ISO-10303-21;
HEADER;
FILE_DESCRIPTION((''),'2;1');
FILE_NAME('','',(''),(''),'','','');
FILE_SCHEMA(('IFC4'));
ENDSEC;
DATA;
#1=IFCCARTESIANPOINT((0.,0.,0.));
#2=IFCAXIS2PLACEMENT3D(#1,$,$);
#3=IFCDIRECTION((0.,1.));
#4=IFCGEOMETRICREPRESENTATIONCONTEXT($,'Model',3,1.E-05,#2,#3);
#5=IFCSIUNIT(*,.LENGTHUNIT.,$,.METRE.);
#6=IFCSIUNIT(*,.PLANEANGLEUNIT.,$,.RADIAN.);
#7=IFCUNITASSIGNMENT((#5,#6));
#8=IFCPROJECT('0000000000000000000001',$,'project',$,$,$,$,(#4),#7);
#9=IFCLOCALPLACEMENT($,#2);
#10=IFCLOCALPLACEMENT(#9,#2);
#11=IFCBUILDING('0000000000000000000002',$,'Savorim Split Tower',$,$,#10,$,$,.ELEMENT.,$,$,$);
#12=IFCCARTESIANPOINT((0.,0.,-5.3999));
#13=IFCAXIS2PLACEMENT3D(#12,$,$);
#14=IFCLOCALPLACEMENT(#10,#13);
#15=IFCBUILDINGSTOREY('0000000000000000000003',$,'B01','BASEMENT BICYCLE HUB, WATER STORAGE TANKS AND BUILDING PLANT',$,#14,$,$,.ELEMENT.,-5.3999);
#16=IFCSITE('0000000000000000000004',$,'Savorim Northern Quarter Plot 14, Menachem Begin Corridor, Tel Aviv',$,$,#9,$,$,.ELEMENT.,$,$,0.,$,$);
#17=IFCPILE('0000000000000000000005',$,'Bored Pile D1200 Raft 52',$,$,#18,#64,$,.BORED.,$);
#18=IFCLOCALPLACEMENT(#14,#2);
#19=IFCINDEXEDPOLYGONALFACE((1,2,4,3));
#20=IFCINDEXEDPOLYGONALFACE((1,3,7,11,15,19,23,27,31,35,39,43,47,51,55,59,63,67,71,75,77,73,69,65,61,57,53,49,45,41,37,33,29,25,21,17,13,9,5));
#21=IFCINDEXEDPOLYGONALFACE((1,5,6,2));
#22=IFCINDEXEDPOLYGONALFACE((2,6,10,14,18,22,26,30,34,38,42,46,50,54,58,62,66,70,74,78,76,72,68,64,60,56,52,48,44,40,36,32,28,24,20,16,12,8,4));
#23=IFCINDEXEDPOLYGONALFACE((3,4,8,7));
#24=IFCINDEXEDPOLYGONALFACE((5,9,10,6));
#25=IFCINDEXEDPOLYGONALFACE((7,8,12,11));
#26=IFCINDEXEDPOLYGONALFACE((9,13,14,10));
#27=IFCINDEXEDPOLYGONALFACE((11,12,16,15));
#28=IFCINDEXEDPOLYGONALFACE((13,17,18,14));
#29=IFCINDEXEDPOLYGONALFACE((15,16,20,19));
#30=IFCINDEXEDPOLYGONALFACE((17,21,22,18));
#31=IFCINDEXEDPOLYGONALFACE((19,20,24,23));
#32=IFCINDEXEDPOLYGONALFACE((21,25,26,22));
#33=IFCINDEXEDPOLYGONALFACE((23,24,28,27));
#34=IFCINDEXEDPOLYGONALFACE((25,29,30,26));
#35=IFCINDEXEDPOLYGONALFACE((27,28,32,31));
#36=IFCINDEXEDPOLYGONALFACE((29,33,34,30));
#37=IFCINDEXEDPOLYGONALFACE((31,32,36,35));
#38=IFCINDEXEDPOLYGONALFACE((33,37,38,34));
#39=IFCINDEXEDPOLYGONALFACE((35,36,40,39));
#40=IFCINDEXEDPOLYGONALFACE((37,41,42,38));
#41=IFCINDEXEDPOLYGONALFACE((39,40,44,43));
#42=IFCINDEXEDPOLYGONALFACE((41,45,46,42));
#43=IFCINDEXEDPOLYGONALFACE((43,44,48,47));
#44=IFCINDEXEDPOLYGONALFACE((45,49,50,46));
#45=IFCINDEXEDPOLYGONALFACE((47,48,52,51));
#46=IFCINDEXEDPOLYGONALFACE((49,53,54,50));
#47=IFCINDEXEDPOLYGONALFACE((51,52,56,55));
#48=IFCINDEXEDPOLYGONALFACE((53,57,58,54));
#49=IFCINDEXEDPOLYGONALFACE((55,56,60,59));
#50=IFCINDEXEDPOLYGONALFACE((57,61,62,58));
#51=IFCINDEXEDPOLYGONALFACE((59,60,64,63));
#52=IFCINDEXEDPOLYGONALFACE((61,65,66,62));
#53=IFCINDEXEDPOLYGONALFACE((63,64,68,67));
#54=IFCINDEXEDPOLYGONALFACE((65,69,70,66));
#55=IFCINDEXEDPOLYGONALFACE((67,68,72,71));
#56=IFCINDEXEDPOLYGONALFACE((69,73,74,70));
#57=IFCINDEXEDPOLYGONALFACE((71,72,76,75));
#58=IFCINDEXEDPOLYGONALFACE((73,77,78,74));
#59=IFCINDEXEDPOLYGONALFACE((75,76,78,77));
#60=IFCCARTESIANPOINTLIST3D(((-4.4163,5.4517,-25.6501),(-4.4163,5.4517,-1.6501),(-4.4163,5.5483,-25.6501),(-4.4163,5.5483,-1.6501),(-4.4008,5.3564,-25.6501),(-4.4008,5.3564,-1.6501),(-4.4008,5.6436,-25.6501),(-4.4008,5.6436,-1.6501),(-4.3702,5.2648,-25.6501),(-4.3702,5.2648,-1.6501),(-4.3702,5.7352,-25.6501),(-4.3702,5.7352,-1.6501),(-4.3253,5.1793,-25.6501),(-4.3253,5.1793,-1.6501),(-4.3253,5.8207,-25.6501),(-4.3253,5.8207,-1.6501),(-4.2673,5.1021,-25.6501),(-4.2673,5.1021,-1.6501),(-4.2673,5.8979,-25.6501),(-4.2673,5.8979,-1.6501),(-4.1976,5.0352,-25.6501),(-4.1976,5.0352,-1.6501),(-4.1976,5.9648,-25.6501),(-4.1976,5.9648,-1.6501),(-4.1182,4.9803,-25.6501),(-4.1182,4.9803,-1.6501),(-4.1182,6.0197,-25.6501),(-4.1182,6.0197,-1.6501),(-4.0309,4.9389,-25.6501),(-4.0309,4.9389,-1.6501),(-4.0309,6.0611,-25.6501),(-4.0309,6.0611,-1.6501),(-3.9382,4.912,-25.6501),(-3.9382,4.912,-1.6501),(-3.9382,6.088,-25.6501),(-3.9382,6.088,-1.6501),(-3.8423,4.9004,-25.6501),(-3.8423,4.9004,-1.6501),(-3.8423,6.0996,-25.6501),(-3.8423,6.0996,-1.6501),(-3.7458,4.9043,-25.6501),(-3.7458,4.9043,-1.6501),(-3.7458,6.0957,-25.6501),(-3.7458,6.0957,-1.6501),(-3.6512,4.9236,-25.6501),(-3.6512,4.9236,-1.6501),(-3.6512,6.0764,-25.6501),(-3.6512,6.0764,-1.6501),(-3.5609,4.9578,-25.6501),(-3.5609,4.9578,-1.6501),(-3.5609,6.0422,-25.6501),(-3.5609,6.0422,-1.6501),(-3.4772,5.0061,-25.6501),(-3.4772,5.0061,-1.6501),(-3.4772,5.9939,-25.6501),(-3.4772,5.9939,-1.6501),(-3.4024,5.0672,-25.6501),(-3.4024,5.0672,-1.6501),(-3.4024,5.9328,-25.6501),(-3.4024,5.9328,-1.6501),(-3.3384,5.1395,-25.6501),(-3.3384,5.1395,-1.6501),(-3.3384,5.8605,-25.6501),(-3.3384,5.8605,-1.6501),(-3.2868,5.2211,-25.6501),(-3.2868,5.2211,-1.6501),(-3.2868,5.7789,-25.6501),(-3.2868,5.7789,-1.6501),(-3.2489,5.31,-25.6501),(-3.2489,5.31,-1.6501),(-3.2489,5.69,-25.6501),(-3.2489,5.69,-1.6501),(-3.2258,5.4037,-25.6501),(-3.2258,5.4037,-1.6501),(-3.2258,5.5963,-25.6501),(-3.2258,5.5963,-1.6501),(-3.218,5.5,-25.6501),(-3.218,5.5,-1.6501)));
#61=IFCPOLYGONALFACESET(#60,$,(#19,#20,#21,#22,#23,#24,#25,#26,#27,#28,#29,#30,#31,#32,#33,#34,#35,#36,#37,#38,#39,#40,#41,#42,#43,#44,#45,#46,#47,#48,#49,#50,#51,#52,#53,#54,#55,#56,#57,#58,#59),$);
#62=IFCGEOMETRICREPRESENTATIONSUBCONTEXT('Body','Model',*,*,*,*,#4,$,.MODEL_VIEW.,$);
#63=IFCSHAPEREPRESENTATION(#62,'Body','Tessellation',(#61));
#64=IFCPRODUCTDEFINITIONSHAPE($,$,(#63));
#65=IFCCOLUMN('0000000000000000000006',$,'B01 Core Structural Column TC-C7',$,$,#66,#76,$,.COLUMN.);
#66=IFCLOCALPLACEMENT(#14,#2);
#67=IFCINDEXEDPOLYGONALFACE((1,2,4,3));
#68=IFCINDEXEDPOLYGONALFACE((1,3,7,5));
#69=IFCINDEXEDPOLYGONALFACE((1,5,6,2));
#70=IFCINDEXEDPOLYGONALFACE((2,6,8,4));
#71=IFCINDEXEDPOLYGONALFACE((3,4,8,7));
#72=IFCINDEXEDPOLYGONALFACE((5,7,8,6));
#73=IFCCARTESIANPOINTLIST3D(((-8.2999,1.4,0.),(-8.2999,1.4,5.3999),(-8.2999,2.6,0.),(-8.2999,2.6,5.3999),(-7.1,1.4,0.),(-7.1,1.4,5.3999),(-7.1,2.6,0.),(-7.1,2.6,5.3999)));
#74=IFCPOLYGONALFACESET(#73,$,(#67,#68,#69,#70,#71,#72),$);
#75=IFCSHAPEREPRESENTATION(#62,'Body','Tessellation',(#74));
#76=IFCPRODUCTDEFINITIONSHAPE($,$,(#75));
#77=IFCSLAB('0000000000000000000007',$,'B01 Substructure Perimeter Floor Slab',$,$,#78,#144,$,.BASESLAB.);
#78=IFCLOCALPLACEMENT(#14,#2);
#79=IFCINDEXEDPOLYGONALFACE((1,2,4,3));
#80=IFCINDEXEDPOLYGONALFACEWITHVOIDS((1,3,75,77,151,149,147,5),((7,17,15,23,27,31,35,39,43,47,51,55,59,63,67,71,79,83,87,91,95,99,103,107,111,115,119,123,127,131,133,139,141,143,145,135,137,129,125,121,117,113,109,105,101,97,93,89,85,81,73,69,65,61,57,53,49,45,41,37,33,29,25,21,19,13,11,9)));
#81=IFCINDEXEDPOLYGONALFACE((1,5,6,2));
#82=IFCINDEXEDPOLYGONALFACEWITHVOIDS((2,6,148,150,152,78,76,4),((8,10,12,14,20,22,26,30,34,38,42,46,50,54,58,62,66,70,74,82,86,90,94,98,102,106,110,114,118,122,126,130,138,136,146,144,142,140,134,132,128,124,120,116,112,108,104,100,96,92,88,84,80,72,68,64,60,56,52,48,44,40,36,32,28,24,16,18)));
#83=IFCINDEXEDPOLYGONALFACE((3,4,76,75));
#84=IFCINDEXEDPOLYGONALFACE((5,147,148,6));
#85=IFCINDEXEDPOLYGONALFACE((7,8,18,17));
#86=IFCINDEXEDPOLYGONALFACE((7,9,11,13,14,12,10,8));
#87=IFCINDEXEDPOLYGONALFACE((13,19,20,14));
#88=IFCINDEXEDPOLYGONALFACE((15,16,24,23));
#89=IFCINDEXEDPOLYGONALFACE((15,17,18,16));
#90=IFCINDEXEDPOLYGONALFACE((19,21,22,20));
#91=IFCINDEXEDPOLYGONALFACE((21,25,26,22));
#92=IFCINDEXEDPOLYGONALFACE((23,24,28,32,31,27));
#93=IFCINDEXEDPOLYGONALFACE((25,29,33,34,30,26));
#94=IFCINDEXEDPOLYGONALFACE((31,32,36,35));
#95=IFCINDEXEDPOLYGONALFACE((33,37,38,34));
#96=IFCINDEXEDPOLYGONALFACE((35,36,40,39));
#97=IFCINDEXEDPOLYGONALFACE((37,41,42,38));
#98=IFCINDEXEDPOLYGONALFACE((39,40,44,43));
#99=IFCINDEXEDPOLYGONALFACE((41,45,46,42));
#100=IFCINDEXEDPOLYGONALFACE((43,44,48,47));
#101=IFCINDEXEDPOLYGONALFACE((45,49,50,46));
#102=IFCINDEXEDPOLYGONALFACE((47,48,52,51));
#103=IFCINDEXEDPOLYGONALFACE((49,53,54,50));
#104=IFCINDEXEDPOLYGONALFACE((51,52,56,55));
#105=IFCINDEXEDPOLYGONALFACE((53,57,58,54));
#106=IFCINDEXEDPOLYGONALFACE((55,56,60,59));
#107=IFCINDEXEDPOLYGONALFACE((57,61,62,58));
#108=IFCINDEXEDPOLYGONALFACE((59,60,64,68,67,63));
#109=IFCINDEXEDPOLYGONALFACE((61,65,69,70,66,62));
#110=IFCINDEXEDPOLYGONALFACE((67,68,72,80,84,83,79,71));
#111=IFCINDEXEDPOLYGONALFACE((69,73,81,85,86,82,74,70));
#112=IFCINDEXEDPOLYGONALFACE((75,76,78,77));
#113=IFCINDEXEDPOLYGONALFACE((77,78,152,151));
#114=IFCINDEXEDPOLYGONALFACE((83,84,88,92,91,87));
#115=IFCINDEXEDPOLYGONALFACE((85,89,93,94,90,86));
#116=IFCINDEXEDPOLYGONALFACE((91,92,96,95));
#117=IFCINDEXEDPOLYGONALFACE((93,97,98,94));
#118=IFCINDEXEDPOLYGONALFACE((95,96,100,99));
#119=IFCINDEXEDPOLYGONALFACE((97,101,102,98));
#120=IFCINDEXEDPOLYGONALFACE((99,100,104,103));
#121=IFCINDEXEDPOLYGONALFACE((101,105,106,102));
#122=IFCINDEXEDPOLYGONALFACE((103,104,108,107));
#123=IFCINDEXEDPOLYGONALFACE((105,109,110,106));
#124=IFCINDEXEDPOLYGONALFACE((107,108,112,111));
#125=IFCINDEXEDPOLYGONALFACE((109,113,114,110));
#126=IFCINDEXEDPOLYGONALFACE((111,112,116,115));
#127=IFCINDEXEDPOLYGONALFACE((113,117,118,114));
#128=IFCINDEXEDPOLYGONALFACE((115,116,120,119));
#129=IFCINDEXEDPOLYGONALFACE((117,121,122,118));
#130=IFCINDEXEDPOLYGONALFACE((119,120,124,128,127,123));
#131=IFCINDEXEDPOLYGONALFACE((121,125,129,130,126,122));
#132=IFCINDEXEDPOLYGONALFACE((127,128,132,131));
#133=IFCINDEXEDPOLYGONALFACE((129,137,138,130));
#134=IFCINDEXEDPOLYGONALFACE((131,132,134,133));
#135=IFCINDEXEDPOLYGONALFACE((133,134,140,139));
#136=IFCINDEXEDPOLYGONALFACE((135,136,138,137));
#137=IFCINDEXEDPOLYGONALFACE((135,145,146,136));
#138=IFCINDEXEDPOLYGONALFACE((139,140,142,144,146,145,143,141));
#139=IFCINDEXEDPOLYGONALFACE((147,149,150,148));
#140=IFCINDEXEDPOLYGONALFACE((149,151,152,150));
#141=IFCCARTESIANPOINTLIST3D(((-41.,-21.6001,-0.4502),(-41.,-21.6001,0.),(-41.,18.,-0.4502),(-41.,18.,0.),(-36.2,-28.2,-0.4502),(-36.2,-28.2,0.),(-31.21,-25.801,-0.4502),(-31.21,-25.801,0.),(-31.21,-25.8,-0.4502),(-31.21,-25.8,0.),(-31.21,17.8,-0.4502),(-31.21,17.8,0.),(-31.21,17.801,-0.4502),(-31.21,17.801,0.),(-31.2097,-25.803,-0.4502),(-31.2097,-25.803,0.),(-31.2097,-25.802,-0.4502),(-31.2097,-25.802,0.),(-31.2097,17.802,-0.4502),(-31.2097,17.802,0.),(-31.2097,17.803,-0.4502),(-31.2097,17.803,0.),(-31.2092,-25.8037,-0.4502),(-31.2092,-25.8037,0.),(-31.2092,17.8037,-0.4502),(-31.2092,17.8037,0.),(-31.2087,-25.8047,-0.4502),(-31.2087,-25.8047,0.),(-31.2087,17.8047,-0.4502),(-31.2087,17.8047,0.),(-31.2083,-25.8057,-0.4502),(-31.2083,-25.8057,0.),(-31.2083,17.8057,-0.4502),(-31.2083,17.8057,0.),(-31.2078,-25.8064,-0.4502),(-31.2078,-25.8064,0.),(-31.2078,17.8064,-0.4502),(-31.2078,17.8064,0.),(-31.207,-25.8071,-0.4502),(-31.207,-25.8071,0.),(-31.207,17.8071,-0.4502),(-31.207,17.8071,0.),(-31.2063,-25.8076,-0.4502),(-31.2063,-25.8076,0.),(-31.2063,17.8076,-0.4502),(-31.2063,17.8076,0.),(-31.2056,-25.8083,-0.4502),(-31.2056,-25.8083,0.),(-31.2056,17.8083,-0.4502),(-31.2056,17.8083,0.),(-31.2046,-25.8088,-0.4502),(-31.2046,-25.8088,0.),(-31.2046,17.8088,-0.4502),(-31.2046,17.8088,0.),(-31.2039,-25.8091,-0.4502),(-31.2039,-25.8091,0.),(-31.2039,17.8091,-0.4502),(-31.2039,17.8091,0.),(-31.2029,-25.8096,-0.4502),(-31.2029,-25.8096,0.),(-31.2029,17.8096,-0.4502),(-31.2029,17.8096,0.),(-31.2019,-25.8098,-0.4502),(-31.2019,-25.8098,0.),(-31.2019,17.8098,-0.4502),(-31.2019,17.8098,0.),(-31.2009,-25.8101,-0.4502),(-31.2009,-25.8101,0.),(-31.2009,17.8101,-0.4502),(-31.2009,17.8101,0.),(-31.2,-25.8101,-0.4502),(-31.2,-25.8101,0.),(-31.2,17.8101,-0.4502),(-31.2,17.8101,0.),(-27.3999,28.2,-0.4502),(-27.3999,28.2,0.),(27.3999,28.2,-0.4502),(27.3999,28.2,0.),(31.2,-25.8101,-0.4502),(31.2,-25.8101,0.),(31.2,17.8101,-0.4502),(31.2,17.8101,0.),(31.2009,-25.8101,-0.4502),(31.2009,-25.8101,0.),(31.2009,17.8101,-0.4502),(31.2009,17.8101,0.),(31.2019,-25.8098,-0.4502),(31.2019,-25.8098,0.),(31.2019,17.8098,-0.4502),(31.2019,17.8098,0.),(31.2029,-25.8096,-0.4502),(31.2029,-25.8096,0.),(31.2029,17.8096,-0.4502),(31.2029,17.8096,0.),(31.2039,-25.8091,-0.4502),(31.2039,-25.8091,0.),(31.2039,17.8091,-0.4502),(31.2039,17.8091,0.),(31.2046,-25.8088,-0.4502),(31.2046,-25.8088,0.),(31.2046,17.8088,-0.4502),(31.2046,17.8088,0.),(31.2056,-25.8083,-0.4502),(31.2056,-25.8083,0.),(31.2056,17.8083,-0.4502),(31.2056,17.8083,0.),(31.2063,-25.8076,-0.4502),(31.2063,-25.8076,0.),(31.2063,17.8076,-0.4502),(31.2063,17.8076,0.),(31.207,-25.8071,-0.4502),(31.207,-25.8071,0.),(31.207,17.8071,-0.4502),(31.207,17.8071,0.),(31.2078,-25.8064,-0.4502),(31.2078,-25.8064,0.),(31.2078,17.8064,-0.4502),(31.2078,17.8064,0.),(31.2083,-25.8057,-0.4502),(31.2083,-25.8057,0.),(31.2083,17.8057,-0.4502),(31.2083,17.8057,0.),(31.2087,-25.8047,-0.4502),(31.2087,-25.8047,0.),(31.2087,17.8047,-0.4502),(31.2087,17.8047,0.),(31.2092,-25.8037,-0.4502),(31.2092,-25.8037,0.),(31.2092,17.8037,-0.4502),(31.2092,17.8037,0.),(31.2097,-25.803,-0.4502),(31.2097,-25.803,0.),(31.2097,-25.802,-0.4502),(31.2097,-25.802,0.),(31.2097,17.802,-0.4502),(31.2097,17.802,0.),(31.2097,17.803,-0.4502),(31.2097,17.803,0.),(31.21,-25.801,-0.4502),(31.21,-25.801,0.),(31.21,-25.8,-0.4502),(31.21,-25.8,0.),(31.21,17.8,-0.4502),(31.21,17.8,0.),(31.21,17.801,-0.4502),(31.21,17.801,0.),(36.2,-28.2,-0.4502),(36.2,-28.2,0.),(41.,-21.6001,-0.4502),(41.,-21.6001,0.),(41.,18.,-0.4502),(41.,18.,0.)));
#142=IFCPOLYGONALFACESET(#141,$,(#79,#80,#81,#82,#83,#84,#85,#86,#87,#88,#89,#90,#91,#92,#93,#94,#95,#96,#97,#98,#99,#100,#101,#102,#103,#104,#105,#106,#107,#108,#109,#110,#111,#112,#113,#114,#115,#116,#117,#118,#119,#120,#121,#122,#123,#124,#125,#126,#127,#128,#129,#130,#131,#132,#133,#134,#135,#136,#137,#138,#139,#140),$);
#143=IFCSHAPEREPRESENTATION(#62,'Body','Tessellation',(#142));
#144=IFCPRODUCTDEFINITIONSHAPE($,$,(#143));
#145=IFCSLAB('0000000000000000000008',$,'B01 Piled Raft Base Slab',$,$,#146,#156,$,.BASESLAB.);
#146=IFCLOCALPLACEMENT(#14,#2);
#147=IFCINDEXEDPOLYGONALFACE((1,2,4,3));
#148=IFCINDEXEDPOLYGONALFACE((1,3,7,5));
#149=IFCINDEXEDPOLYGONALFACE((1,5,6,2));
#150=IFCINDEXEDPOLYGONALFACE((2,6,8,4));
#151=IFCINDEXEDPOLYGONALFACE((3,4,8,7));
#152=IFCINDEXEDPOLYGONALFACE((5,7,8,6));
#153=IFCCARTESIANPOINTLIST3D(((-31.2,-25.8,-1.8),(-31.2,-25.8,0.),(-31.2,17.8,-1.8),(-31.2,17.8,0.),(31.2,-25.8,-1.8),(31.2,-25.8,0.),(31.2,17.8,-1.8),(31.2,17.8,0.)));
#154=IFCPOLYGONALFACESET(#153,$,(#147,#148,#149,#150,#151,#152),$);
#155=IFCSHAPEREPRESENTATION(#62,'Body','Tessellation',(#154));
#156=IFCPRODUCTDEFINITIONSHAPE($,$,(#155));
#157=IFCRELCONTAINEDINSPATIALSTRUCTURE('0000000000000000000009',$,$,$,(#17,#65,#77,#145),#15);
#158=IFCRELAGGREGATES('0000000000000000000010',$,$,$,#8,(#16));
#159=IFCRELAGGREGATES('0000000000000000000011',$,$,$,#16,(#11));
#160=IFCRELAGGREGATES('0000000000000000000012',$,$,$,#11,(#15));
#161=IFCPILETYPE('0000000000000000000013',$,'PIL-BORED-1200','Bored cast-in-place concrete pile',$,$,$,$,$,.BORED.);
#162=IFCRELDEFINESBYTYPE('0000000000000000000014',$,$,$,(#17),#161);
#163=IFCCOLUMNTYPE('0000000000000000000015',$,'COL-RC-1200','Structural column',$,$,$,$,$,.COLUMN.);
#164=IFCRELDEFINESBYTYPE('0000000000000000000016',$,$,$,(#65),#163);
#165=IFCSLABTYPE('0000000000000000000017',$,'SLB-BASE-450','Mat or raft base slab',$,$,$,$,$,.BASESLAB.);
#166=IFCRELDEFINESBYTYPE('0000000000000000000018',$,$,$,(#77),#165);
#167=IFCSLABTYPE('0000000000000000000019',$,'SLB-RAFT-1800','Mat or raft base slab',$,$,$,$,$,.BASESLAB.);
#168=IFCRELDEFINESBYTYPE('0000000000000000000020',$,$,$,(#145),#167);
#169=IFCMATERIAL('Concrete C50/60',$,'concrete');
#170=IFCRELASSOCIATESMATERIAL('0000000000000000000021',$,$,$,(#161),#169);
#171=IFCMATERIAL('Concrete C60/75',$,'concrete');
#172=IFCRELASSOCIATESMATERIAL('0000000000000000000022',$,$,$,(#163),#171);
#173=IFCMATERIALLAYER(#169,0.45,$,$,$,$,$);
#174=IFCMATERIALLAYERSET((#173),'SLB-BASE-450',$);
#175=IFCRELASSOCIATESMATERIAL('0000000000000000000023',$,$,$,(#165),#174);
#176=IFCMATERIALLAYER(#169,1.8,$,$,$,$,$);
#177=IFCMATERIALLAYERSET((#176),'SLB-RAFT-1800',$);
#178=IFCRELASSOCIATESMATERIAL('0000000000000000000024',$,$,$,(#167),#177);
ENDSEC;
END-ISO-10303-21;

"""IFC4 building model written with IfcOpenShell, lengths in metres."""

from ifc_helpers import new_model, si_unit, direction, frame, origin, origin_2d, place, context, subcontext, project, spatial, polyline, rectangle, circle, outline, extrude, material, layer, layer_set, material_profile, profile_set, type_object, element, save


model = new_model("IFC4")

# Units and contexts
model_context = context("Model", 3, precision=1e-05, world=origin(), true_north=direction((0.0, 1.0)))
body_context = subcontext(model_context, "Body", "Model", "MODEL_VIEW")
ifc_project = project(units=[si_unit("LENGTHUNIT", "METRE"), si_unit("PLANEANGLEUNIT", "RADIAN")], contexts=[model_context])

# Site, building, storey
site_placement = place(None, origin())
site = spatial("IfcSite", under=ifc_project, at=site_placement, Name="Savorim Northern Quarter Plot 14, Menachem Begin Corridor, Tel Aviv", CompositionType="ELEMENT", RefElevation=0.0)
building_placement = place(site_placement, origin())
building = spatial("IfcBuilding", under=site, at=building_placement, Name="Savorim Split Tower", CompositionType="ELEMENT")
storey_placement = place(building_placement, frame((0.0, 0.0, -5.3999)))
storey = spatial("IfcBuildingStorey", under=building, at=storey_placement, Name="B01", Description="BASEMENT BICYCLE HUB, WATER STORAGE TANKS AND BUILDING PLANT", CompositionType="ELEMENT", Elevation=-5.3999)

# Pile
ifc_material_1 = material(Name="Concrete C50/60", Category="concrete")
ifc_material_profile_1 = material_profile(ifc_material_1, circle(Radius=0.6001, at=origin_2d()), Name="PILE D1200")
ifc_profile_set_1 = profile_set([ifc_material_profile_1], Name="Concrete C50/60")
pile_type = type_object("IfcPileType", Name="PIL-BORED-1200", Description="Bored cast-in-place concrete pile", PredefinedType="BORED", material=ifc_profile_set_1)
for number, where, z_axis, x_axis, name in (
    (1, (-3.8181, 5.5, -1.6501), (0.0, 0.0, -1.0), (1.0, 0.0, 0.0), "Bored Pile D1200 Raft 52"),
):
    element("IfcPile", number, at=place(storey_placement, frame(where, z_axis=z_axis, x_axis=x_axis)), inside=storey, type_object=pile_type, Name=name, PredefinedType="BORED", context=body_context, shape_type="SweptSolid", body=[
        extrude(circle(Radius=0.6001, at=origin_2d()), origin(), (0.0, 0.0, 1.0), 24.0),
    ])

# Column
ifc_material_2 = material(Name="Concrete C60/75", Category="concrete")
ifc_material_profile_2 = material_profile(ifc_material_2, rectangle(XDim=1.2, YDim=1.2, at=origin_2d()), Name="RC 1200x1200")
ifc_profile_set_2 = profile_set([ifc_material_profile_2], Name="Concrete C60/75")
column_type = type_object("IfcColumnType", Name="COL-RC-1200", Description="Structural column", PredefinedType="COLUMN", material=ifc_profile_set_2)
column_placement = place(storey_placement, frame((-7.7, 2.0, 0.0), z_axis=(0.0, 0.0, 1.0), x_axis=(1.0, 0.0, 0.0)))
element("IfcColumn", 2, at=column_placement, inside=storey, type_object=column_type, Name="B01 Core Structural Column TC-C7", PredefinedType="COLUMN", context=body_context, shape_type="SweptSolid", body=[
    extrude(rectangle(XDim=1.2, YDim=1.2, at=origin_2d()), origin(), (0.0, 0.0, 1.0), 5.3999),
])

# Slabs
ifc_layer_1 = layer(ifc_material_1, 0.45)
ifc_layer_set_1 = layer_set([ifc_layer_1], Name="SLB-BASE-450")
slab_type_1 = type_object("IfcSlabType", Name="SLB-BASE-450", Description="Mat or raft base slab", PredefinedType="BASESLAB", material=ifc_layer_set_1)
slab_1_placement = place(storey_placement, frame((0.0, 0.0, -0.4502)))
element("IfcSlab", 3, at=slab_1_placement, inside=storey, type_object=slab_type_1, Name="B01 Substructure Perimeter Floor Slab", PredefinedType="BASESLAB", context=body_context, shape_type="SweptSolid", body=[
    extrude(outline(polyline([(-36.2, -28.2), (36.2, -28.2), (41.0, -21.6001), (41.0, 18.0), (27.3999, 28.2), (-27.3999, 28.2), (-41.0, 18.0), (-41.0, -21.6001), (-36.2, -28.2)]), holes=[polyline([(-31.21, -25.8), (-31.21, 17.8), (-31.21, 17.801), (-31.2097, 17.802), (-31.2097, 17.803), (-31.2092, 17.8037), (-31.2087, 17.8047), (-31.2083, 17.8057), (-31.2078, 17.8064), (-31.207, 17.8071), (-31.2063, 17.8076), (-31.2056, 17.8083), (-31.2046, 17.8088), (-31.2039, 17.8091), (-31.2029, 17.8096), (-31.2019, 17.8098), (-31.2009, 17.8101), (-31.2, 17.8101), (31.2, 17.8101), (31.2009, 17.8101), (31.2019, 17.8098), (31.2029, 17.8096), (31.2039, 17.8091), (31.2046, 17.8088), (31.2056, 17.8083), (31.2063, 17.8076), (31.207, 17.8071), (31.2078, 17.8064), (31.2083, 17.8057), (31.2087, 17.8047), (31.2092, 17.8037), (31.2097, 17.803), (31.2097, 17.802), (31.21, 17.801), (31.21, 17.8), (31.21, -25.8), (31.21, -25.801), (31.2097, -25.802), (31.2097, -25.803), (31.2092, -25.8037), (31.2087, -25.8047), (31.2083, -25.8057), (31.2078, -25.8064), (31.207, -25.8071), (31.2063, -25.8076), (31.2056, -25.8083), (31.2046, -25.8088), (31.2039, -25.8091), (31.2029, -25.8096), (31.2019, -25.8098), (31.2009, -25.8101), (31.2, -25.8101), (-31.2, -25.8101), (-31.2009, -25.8101), (-31.2019, -25.8098), (-31.2029, -25.8096), (-31.2039, -25.8091), (-31.2046, -25.8088), (-31.2056, -25.8083), (-31.2063, -25.8076), (-31.207, -25.8071), (-31.2078, -25.8064), (-31.2083, -25.8057), (-31.2087, -25.8047), (-31.2092, -25.8037), (-31.2097, -25.803), (-31.2097, -25.802), (-31.21, -25.801), (-31.21, -25.8)])]), origin(), (0.0, 0.0, 1.0), 0.4502),
])
ifc_layer_2 = layer(ifc_material_1, 1.8)
ifc_layer_set_2 = layer_set([ifc_layer_2], Name="SLB-RAFT-1800")
slab_type_2 = type_object("IfcSlabType", Name="SLB-RAFT-1800", Description="Mat or raft base slab", PredefinedType="BASESLAB", material=ifc_layer_set_2)
slab_2_placement = place(storey_placement, frame((0.0, 0.0, -1.8)))
element("IfcSlab", 4, at=slab_2_placement, inside=storey, type_object=slab_type_2, Name="B01 Piled Raft Base Slab", PredefinedType="BASESLAB", context=body_context, shape_type="SweptSolid", body=[
    extrude(outline(polyline([(-31.2, -25.8), (31.2, -25.8), (31.2, 17.8), (-31.2, 17.8), (-31.2, -25.8)])), origin(), (0.0, 0.0, 1.0), 1.8),
])

save(model, "model.ifc")
